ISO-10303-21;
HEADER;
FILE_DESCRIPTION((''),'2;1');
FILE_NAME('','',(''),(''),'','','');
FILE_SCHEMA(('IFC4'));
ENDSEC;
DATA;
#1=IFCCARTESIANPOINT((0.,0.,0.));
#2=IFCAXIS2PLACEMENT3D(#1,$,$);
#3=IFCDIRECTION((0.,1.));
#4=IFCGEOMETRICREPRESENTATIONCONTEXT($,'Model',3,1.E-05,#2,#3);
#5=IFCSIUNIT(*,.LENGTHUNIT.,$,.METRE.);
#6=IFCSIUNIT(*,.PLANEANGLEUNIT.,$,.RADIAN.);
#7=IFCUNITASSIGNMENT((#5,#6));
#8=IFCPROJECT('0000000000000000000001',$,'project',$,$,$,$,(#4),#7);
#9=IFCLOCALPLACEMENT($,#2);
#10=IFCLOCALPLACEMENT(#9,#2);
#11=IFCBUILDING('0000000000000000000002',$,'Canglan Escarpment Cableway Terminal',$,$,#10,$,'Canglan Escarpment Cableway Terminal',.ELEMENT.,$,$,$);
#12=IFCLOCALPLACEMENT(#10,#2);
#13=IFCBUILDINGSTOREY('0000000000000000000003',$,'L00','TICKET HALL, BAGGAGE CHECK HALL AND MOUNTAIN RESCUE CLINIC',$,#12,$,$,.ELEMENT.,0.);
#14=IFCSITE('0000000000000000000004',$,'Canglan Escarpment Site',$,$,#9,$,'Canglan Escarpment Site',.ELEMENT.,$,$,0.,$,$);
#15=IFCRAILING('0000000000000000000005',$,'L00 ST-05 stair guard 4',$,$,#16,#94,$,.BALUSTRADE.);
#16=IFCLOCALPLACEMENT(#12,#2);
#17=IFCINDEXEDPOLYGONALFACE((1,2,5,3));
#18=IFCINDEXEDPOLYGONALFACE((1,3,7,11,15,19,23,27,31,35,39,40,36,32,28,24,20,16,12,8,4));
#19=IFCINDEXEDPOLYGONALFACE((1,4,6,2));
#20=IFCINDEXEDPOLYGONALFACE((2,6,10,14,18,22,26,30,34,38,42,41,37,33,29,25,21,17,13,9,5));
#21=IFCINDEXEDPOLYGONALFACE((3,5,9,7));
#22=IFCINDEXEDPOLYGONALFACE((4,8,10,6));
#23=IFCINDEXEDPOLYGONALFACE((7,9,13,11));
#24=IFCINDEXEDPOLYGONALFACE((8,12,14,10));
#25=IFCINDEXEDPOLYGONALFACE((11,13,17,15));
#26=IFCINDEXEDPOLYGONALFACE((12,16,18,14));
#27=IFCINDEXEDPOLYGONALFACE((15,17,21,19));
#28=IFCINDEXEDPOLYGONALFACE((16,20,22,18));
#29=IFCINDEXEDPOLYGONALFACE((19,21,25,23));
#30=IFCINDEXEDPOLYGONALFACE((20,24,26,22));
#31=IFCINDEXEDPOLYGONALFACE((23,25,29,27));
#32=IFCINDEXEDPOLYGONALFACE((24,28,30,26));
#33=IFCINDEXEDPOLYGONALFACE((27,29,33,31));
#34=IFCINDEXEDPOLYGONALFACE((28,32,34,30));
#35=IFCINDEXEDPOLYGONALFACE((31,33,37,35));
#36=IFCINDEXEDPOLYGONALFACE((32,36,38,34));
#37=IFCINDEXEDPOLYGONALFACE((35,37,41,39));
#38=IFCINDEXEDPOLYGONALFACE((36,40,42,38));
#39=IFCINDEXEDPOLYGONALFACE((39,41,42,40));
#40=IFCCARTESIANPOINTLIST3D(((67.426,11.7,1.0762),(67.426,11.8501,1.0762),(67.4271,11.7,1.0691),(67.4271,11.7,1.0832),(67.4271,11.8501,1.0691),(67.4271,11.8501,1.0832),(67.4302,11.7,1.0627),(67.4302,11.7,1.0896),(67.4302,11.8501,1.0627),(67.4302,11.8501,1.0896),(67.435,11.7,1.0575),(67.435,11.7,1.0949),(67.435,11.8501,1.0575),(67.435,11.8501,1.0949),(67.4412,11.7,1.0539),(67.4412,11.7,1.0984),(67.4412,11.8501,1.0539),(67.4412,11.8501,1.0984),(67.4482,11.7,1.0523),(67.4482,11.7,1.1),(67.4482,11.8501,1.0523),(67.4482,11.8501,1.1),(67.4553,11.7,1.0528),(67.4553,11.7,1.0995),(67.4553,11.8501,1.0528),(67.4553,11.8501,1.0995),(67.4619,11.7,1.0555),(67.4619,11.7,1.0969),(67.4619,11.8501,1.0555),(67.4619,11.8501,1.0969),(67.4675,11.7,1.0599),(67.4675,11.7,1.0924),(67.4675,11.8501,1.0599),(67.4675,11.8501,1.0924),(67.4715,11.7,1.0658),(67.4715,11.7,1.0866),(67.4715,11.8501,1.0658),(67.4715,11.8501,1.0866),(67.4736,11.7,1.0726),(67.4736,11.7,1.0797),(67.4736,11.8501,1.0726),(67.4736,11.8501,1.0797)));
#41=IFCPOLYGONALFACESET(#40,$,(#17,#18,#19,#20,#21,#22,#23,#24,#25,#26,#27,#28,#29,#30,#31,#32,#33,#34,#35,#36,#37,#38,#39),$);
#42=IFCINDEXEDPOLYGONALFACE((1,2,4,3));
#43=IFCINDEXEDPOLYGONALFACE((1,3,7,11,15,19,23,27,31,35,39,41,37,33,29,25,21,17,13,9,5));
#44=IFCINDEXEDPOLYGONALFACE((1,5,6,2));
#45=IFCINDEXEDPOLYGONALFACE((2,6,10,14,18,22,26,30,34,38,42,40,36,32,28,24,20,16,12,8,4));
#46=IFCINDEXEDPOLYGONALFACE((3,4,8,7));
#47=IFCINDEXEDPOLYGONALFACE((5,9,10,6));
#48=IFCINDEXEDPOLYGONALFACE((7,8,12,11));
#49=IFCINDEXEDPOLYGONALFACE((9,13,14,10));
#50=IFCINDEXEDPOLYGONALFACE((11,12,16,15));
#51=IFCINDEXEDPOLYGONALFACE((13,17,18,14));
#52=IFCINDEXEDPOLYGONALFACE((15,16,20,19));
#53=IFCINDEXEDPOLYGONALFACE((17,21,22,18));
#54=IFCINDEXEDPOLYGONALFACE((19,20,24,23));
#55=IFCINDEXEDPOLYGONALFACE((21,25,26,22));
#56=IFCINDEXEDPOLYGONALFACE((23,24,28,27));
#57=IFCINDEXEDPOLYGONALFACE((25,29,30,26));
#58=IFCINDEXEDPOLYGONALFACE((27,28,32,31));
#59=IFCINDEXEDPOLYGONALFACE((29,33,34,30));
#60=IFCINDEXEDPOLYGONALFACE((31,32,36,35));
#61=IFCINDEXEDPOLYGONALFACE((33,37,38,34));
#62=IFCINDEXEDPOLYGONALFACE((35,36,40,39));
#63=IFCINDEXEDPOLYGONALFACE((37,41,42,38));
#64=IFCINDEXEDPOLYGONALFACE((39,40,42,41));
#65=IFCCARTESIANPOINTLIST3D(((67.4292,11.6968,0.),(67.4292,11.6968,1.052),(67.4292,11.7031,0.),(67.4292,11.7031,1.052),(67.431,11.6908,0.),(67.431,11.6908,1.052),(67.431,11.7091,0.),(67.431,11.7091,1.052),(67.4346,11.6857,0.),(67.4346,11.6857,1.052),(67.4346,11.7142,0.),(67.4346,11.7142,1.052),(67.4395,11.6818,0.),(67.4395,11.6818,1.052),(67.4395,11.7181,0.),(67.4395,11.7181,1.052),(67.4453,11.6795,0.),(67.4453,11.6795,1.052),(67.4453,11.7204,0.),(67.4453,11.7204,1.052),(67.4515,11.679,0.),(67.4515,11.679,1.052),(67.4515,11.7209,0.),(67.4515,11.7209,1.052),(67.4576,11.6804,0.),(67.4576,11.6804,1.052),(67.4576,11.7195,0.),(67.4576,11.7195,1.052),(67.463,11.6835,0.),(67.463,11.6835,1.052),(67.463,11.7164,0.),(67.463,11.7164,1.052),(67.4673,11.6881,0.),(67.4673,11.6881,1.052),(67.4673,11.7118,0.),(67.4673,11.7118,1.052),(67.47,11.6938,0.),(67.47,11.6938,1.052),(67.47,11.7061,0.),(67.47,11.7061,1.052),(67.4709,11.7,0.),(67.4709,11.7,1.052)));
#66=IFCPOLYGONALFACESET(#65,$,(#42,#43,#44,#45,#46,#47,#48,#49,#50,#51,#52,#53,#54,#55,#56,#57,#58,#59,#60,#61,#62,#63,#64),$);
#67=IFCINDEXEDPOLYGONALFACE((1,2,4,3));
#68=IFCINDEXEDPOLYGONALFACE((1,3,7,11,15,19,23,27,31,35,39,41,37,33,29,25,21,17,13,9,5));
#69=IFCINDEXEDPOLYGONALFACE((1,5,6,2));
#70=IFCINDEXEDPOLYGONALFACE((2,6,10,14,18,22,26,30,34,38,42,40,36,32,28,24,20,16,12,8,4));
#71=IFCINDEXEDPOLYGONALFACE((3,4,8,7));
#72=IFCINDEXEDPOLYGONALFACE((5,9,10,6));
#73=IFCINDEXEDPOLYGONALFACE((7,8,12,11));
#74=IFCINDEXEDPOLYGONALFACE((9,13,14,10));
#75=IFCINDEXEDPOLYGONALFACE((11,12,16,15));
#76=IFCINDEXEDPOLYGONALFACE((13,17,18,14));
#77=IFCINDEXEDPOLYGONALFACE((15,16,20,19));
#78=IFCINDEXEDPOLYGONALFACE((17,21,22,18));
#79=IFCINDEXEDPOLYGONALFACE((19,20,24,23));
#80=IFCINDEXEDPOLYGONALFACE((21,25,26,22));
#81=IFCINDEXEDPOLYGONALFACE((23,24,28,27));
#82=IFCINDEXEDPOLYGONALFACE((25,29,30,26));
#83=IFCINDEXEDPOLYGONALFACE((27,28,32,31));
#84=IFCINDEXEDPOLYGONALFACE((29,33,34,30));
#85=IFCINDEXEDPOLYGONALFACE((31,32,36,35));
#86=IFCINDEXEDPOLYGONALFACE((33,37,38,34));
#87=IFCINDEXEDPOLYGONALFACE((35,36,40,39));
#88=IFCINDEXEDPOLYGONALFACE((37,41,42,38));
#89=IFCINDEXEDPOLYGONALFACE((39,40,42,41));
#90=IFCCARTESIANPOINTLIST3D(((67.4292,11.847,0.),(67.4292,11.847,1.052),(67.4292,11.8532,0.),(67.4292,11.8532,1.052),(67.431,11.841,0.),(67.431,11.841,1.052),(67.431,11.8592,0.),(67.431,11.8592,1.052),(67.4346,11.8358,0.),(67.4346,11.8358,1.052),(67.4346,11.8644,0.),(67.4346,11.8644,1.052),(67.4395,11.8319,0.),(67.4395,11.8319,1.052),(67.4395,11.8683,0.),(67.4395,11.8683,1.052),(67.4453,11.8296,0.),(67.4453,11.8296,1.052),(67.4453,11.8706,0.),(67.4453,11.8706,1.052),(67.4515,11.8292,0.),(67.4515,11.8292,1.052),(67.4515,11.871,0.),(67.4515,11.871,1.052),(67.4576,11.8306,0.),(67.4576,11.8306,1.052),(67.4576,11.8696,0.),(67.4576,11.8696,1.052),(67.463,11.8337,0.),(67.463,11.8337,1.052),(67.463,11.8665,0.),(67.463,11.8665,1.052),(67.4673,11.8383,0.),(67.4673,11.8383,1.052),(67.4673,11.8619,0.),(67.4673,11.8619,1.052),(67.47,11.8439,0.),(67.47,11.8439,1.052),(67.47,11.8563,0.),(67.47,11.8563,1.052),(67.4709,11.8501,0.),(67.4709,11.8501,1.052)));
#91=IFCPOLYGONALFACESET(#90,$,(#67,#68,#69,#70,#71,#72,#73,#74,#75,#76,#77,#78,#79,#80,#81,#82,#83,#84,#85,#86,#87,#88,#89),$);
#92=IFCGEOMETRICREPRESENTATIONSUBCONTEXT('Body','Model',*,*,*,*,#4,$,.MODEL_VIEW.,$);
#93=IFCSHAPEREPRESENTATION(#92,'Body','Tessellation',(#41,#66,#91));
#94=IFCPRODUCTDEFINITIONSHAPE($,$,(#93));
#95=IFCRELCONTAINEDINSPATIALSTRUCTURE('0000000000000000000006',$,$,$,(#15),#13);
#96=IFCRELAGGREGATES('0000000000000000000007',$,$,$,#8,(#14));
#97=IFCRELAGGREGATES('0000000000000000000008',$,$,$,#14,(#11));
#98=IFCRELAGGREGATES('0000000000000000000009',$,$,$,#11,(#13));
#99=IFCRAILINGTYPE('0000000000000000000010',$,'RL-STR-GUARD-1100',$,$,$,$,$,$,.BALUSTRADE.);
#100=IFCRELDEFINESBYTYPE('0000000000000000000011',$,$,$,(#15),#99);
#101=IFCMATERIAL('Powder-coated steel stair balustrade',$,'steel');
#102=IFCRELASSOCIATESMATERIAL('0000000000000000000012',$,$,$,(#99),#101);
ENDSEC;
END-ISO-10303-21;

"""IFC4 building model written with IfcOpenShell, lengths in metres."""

from ifc_helpers import new_model, si_unit, direction, frame, origin, origin_2d, place, context, subcontext, project, spatial, circle, extrude, material, type_object, element, save


model = new_model("IFC4")

# Units and contexts
model_context = context("Model", 3, precision=1e-05, world=origin(), true_north=direction((0.0, 1.0)))
body_context = subcontext(model_context, "Body", "Model", "MODEL_VIEW")
ifc_project = project(units=[si_unit("LENGTHUNIT", "METRE"), si_unit("PLANEANGLEUNIT", "RADIAN")], contexts=[model_context])

# Site, building, storey
site_placement = place(None, origin())
site = spatial("IfcSite", under=ifc_project, at=site_placement, Name="Canglan Escarpment Site", LongName="Canglan Escarpment Site", CompositionType="ELEMENT", RefElevation=0.0)
building_placement = place(site_placement, origin())
building = spatial("IfcBuilding", under=site, at=building_placement, Name="Canglan Escarpment Cableway Terminal", LongName="Canglan Escarpment Cableway Terminal", CompositionType="ELEMENT")
storey_placement = place(building_placement, origin())
storey = spatial("IfcBuildingStorey", under=building, at=storey_placement, Name="L00", Description="TICKET HALL, BAGGAGE CHECK HALL AND MOUNTAIN RESCUE CLINIC", CompositionType="ELEMENT", Elevation=0.0)

# Railing
ifc_material_1 = material(Name="Powder-coated steel stair balustrade", Category="steel")
railing_type_1 = type_object("IfcRailingType", Name="RL-STR-GUARD-1100", PredefinedType="BALUSTRADE", material=ifc_material_1)
railing_1_placement = place(storey_placement, frame((67.45, 11.7, 0.0)))
element("IfcRailing", 1, at=railing_1_placement, inside=storey, type_object=railing_type_1, Name="L00 ST-05 stair guard 4", PredefinedType="BALUSTRADE", context=body_context, shape_type="SweptSolid", body=[
    extrude(circle(Radius=0.0239, at=origin_2d()), frame((0.0, 0.0, 1.0762), z_axis=(0.0, 1.0, 0.0), x_axis=(-1.0, 0.0, 0.0)), (0.0, 0.0, 1.0), 0.1501),
    extrude(circle(Radius=0.021, at=origin_2d()), origin(), (0.0, 0.0, 1.0), 1.052),
    extrude(circle(Radius=0.021, at=origin_2d()), frame((0.0, 0.1501, 0.0)), (0.0, 0.0, 1.0), 1.052),
])

save(model, "model.ifc")
